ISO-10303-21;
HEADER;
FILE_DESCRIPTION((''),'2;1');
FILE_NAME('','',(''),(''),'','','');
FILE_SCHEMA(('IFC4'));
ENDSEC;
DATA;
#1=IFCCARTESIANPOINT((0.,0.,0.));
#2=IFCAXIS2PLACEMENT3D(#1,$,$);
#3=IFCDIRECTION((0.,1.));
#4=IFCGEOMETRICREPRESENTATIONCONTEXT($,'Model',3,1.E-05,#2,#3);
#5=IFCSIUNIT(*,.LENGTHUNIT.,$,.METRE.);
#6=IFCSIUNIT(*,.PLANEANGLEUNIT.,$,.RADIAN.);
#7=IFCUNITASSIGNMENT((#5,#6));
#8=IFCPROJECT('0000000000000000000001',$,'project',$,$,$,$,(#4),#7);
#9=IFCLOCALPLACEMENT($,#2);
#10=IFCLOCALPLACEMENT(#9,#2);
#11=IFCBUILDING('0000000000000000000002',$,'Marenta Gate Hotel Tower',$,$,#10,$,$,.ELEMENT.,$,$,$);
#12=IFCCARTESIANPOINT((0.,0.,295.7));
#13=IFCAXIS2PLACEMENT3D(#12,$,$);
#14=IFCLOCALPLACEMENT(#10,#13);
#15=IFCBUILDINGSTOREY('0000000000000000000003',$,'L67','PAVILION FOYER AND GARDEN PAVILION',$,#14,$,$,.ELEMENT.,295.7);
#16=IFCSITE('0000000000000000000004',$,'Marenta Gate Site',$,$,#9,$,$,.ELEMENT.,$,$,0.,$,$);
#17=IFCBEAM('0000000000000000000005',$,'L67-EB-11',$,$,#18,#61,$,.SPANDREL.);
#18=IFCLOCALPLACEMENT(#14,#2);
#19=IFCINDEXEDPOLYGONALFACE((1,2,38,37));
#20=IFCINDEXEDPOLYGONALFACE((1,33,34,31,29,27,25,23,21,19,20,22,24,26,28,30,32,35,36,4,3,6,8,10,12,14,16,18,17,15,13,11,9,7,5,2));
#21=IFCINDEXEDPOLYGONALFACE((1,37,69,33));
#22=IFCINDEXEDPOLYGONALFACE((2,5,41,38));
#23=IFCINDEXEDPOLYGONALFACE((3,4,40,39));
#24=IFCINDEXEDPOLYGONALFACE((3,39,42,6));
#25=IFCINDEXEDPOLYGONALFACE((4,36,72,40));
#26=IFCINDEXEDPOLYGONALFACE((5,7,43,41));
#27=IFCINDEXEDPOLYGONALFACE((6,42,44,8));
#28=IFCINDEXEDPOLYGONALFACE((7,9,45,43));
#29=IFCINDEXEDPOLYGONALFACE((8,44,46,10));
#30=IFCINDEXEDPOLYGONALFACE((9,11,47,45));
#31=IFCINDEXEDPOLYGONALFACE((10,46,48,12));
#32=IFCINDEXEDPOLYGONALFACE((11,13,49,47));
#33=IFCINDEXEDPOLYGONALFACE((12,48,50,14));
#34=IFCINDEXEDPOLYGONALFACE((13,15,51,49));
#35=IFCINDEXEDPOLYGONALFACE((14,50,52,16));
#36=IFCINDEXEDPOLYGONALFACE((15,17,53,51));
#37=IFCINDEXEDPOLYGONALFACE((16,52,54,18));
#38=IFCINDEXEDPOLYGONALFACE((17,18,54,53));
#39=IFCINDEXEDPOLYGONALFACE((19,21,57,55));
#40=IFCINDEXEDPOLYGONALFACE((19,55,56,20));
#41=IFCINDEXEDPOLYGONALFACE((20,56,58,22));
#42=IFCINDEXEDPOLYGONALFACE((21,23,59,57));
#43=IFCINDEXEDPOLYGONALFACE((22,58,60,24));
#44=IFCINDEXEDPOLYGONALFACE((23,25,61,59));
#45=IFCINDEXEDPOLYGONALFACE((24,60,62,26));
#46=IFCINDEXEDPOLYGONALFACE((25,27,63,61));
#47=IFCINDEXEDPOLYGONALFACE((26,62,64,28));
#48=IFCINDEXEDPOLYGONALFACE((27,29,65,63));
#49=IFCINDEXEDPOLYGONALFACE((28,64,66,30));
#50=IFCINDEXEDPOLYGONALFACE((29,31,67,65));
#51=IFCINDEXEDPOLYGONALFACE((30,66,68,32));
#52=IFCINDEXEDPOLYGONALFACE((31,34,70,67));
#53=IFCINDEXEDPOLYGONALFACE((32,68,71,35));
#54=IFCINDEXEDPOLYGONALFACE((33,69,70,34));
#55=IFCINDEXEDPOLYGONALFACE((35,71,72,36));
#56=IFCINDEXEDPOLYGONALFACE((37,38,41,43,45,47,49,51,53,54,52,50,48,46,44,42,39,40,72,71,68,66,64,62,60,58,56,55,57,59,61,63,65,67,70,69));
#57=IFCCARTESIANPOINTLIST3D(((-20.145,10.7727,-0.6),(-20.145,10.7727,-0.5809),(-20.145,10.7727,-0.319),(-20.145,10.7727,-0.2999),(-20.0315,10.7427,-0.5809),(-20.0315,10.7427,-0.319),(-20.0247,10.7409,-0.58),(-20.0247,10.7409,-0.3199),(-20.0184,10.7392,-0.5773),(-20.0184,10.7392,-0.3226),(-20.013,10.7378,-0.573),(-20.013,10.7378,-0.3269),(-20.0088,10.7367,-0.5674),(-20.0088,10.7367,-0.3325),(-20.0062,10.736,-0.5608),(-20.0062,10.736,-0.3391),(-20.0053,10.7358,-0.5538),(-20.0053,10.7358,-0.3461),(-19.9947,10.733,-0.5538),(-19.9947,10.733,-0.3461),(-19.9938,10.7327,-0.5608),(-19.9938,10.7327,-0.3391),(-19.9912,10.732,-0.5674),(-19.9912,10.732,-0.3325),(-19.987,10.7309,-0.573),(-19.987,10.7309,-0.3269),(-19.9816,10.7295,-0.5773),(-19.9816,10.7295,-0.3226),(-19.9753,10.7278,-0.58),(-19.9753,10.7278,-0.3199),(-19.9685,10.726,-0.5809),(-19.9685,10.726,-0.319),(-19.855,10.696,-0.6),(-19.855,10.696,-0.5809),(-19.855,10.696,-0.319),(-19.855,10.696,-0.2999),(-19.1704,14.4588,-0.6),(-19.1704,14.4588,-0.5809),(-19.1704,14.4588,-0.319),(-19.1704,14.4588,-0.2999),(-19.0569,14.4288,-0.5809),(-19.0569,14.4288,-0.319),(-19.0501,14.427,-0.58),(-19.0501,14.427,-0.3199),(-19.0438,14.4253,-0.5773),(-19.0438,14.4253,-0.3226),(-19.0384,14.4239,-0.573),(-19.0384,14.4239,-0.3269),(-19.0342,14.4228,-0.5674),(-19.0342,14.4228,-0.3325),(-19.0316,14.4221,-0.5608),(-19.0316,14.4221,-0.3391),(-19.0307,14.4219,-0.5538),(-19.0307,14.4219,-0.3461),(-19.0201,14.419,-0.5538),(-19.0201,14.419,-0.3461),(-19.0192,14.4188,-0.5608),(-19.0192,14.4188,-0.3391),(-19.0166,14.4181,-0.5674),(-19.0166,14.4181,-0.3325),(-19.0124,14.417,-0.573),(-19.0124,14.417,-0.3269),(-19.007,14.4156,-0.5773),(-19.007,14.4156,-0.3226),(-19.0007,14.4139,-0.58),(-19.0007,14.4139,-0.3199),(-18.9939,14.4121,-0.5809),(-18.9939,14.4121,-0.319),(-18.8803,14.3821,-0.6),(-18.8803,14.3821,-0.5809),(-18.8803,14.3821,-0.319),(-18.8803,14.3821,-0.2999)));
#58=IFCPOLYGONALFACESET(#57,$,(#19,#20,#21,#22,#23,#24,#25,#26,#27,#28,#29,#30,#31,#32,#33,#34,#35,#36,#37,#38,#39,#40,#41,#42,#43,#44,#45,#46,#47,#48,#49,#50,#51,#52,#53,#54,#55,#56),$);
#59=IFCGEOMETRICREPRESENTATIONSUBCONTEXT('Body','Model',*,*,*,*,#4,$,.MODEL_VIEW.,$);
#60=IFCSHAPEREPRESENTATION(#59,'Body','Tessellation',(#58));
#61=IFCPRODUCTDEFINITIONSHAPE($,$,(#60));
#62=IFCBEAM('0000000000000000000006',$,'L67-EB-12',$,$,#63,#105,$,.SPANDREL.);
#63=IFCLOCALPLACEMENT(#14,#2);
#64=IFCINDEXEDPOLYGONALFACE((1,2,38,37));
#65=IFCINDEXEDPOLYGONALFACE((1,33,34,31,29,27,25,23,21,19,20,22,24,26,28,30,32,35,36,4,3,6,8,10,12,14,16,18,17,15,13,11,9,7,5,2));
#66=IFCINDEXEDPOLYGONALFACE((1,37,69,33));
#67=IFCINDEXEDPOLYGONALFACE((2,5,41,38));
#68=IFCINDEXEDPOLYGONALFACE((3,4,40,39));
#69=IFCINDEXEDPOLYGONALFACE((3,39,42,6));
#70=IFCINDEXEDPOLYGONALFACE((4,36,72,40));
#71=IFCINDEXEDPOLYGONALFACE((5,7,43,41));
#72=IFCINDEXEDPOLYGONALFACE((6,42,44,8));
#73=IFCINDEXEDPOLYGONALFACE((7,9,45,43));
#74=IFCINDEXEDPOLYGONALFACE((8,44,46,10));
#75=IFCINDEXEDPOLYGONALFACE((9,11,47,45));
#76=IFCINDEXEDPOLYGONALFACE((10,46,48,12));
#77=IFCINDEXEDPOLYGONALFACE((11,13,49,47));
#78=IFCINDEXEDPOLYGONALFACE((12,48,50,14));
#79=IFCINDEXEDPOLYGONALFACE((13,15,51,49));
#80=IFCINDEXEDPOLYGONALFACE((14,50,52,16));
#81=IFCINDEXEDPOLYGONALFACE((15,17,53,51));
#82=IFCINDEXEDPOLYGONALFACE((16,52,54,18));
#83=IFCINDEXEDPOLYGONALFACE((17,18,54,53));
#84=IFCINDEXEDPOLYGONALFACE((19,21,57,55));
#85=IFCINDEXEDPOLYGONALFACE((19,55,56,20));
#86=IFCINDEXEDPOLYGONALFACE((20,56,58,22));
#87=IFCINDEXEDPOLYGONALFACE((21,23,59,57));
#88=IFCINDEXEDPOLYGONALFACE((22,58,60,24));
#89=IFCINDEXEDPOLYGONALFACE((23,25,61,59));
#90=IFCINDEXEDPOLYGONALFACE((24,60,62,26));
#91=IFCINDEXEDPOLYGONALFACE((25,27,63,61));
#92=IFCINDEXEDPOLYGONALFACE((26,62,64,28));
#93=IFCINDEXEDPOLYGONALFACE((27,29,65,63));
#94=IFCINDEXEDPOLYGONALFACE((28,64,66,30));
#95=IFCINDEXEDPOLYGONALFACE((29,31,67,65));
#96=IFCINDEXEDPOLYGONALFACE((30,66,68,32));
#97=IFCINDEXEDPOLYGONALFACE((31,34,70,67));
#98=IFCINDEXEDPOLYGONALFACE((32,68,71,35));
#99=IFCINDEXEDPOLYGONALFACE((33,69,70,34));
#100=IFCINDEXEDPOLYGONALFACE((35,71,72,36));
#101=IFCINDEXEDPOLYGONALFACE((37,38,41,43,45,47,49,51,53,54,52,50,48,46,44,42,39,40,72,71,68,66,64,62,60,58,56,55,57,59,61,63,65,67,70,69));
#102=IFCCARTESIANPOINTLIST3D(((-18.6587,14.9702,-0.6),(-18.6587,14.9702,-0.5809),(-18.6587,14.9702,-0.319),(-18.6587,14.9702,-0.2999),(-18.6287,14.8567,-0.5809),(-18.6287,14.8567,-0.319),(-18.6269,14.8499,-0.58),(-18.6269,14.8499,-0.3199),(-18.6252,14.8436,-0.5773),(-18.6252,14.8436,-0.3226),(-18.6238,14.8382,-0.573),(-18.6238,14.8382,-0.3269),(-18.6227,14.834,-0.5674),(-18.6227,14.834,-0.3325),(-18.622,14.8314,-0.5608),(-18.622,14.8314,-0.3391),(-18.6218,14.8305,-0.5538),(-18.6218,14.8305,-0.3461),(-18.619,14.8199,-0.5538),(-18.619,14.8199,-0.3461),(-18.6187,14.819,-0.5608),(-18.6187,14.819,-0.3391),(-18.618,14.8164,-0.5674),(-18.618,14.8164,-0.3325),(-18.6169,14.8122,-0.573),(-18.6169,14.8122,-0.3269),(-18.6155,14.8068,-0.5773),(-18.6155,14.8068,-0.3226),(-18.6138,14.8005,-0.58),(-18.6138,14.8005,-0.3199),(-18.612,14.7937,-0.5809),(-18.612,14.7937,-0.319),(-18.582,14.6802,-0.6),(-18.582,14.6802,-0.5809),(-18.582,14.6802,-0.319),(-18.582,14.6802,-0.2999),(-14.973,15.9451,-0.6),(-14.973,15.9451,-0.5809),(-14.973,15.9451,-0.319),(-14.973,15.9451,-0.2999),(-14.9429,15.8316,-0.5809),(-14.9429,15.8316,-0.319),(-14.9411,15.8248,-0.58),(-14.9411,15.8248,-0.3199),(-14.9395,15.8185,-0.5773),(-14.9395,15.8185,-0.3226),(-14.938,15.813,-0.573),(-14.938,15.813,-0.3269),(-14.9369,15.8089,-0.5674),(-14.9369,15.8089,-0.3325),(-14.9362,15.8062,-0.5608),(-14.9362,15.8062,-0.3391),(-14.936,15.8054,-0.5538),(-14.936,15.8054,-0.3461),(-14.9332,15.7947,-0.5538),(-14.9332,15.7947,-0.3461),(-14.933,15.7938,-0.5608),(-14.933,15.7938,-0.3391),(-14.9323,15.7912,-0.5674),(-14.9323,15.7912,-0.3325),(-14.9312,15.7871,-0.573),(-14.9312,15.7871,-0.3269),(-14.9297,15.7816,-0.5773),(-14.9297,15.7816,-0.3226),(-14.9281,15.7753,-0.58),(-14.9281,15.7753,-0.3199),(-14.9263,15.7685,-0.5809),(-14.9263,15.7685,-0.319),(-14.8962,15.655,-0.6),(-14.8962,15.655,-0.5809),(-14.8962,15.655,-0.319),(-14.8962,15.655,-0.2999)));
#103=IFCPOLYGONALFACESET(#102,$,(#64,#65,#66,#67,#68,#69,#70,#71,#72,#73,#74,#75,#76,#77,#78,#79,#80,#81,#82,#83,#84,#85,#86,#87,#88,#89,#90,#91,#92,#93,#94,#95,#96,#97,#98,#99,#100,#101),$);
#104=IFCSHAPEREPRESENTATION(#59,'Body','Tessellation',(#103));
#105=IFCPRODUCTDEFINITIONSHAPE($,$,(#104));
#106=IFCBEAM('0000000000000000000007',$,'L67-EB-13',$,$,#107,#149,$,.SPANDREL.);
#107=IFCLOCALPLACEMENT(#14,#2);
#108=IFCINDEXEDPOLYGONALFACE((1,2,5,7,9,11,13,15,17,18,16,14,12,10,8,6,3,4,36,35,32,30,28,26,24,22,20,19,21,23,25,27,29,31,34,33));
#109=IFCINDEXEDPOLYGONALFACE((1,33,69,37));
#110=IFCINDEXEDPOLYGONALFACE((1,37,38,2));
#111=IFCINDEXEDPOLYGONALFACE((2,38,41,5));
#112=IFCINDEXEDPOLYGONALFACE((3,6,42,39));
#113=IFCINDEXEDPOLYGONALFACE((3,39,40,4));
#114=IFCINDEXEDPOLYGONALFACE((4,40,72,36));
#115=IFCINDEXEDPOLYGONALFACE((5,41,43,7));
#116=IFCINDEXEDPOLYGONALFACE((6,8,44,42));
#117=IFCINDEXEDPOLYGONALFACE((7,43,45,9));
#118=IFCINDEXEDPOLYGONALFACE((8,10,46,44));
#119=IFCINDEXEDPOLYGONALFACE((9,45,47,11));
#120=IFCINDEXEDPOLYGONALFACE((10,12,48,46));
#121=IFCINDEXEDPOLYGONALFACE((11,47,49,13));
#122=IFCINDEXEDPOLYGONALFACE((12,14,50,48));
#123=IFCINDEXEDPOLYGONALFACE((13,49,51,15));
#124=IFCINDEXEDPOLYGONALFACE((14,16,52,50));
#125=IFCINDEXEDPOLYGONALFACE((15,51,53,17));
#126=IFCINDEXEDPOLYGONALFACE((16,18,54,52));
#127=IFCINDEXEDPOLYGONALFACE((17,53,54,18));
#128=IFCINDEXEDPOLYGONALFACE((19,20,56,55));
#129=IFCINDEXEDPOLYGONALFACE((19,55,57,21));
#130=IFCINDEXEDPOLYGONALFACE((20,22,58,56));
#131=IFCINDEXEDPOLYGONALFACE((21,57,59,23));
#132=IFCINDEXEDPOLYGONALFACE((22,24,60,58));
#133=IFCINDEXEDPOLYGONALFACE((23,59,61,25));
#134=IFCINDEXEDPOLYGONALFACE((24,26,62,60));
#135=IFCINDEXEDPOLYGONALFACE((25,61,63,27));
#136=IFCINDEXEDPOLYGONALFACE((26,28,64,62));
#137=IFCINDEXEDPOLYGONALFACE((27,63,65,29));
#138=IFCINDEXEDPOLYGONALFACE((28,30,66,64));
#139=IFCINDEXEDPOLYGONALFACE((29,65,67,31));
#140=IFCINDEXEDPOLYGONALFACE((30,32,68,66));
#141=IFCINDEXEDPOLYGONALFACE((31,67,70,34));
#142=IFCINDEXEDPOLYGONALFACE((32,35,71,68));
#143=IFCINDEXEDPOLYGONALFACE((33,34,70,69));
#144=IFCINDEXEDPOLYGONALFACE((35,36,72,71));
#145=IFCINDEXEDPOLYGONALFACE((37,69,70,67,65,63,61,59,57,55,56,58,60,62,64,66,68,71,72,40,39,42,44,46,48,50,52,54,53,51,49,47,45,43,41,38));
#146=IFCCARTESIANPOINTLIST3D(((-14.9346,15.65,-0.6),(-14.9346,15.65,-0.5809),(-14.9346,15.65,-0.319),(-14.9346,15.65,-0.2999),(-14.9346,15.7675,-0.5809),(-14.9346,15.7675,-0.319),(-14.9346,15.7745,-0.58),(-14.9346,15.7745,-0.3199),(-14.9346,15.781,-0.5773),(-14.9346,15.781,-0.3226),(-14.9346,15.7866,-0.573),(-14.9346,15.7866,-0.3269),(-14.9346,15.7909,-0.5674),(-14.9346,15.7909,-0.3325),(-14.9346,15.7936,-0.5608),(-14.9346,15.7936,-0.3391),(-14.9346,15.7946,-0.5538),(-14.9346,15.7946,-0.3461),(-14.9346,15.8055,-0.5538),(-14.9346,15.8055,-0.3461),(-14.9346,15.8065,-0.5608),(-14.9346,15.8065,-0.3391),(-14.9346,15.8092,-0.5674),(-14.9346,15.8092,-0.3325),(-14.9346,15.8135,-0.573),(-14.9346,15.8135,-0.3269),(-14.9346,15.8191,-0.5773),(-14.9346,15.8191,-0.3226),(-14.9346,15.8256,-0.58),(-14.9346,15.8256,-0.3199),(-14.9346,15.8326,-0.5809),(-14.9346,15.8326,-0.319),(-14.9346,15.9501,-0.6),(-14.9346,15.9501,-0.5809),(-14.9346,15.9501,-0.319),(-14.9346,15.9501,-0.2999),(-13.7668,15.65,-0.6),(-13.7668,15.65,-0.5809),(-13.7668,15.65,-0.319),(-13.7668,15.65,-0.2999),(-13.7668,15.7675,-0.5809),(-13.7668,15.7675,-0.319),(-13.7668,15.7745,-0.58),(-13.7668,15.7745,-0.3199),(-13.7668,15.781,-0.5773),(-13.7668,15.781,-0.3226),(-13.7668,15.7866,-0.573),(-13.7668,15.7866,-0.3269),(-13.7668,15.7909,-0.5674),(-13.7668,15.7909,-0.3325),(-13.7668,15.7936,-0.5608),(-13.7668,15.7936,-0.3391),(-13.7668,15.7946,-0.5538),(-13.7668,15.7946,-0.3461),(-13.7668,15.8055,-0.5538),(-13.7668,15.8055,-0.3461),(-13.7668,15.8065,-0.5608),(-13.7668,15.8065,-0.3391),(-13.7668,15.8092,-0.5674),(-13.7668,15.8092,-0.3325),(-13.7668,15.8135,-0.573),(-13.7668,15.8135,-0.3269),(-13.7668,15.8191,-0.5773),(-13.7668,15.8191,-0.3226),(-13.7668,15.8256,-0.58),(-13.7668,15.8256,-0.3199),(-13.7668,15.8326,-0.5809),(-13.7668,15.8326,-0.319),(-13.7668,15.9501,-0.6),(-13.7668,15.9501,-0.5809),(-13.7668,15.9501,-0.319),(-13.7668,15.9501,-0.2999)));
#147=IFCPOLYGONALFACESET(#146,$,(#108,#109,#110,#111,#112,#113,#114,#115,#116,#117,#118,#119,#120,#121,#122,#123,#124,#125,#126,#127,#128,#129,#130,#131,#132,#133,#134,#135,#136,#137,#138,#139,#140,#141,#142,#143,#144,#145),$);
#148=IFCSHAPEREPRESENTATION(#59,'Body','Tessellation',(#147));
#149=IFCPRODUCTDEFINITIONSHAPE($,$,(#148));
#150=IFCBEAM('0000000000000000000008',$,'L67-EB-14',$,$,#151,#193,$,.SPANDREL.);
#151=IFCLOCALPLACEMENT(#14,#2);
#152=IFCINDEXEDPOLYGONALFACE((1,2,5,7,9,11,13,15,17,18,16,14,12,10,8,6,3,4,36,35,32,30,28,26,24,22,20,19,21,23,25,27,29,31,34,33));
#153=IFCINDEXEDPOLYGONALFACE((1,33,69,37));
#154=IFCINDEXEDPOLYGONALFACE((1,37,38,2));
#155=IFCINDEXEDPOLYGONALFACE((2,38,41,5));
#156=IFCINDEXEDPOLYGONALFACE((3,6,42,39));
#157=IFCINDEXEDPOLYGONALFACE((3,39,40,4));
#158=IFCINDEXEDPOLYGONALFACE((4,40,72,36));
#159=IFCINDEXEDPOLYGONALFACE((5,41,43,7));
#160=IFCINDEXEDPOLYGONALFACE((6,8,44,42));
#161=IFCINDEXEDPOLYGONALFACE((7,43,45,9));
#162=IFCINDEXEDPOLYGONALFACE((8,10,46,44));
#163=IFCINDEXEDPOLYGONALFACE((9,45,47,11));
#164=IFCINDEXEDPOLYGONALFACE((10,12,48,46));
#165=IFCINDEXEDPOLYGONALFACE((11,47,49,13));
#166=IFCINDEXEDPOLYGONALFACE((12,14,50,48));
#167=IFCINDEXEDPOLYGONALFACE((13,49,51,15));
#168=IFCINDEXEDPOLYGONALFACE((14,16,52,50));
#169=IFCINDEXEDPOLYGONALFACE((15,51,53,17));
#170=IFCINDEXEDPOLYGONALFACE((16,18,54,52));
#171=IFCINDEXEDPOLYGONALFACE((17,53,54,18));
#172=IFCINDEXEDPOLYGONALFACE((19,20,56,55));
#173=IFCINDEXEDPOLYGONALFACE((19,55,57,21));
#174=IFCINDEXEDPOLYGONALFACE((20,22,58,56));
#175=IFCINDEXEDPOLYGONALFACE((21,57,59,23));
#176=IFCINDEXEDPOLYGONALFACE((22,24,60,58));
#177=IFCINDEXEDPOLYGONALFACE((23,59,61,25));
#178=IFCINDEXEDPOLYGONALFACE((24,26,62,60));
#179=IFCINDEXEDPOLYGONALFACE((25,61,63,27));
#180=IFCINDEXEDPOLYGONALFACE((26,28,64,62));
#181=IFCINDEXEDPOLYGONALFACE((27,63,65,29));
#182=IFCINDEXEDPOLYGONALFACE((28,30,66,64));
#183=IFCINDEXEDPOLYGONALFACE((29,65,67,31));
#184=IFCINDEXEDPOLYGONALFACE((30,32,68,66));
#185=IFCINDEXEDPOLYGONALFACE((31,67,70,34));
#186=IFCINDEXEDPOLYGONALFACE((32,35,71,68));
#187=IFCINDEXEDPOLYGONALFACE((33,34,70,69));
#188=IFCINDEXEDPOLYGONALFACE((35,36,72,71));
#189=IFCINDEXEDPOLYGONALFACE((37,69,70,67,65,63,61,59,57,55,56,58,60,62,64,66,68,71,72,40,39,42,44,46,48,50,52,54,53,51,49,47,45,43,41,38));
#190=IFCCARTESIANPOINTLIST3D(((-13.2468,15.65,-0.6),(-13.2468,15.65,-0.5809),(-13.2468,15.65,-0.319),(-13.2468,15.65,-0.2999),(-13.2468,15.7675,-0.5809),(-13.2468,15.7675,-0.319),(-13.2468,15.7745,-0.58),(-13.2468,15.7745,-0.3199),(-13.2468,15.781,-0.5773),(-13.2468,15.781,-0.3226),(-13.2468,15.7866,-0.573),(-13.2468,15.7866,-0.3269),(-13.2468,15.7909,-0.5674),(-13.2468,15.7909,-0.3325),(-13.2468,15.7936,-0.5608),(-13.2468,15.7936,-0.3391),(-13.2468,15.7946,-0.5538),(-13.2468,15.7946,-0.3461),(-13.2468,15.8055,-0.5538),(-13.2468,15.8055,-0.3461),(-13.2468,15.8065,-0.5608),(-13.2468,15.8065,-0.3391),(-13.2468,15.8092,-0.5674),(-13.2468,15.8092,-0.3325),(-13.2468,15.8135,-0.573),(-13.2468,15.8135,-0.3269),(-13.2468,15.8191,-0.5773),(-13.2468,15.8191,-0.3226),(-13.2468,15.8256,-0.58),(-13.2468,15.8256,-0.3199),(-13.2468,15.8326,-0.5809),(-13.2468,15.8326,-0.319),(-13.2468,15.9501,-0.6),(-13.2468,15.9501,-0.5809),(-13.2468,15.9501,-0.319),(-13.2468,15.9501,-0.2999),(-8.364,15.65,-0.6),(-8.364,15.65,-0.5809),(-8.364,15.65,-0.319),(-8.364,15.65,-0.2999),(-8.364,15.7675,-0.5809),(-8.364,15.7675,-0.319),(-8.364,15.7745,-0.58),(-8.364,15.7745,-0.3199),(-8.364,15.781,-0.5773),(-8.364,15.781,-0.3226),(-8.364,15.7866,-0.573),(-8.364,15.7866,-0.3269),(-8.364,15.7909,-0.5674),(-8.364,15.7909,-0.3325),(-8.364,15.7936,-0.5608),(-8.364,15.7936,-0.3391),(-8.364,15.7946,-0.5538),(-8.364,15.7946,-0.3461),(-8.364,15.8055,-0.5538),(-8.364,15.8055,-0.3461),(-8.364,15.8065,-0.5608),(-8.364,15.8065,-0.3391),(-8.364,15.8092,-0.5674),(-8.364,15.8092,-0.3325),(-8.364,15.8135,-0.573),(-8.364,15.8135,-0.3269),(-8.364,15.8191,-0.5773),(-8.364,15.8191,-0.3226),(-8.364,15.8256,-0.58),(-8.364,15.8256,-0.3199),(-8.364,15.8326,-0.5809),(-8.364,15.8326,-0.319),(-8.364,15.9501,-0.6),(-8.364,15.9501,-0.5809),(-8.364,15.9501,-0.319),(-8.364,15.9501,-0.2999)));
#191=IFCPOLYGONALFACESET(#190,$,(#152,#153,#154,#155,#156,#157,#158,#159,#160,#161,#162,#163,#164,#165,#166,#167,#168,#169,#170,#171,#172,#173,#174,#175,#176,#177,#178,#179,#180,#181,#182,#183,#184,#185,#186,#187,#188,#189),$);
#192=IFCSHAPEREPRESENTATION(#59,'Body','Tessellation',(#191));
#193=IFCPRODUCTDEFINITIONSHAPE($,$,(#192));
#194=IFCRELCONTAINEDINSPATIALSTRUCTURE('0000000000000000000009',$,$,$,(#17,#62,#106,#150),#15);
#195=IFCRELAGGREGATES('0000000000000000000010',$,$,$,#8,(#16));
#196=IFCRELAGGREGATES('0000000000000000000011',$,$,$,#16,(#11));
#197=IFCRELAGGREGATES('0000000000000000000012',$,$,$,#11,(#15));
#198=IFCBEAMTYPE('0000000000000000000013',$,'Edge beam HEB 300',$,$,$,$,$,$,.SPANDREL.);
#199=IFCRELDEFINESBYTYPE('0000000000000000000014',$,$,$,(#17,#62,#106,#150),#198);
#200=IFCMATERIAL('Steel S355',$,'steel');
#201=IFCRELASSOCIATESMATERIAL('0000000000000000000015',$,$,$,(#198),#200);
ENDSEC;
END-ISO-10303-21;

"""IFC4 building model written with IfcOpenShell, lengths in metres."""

from ifc_helpers import new_model, si_unit, direction, frame, origin, origin_2d, place, context, subcontext, project, spatial, i_section, extrude, material, material_profile, profile_set, type_object, element, save


model = new_model("IFC4")

# Units and contexts
model_context = context("Model", 3, precision=1e-05, world=origin(), true_north=direction((0.0, 1.0)))
body_context = subcontext(model_context, "Body", "Model", "MODEL_VIEW")
ifc_project = project(units=[si_unit("LENGTHUNIT", "METRE"), si_unit("PLANEANGLEUNIT", "RADIAN")], contexts=[model_context])

# Site, building, storey
site_placement = place(None, origin())
site = spatial("IfcSite", under=ifc_project, at=site_placement, Name="Marenta Gate Site", CompositionType="ELEMENT", RefElevation=0.0)
building_placement = place(site_placement, origin())
building = spatial("IfcBuilding", under=site, at=building_placement, Name="Marenta Gate Hotel Tower", CompositionType="ELEMENT")
storey_placement = place(building_placement, frame((0.0, 0.0, 295.7)))
storey = spatial("IfcBuildingStorey", under=building, at=storey_placement, Name="L67", Description="PAVILION FOYER AND GARDEN PAVILION", CompositionType="ELEMENT", Elevation=295.7)

# Beams
ifc_material_1 = material(Name="Steel S355", Category="steel")
ifc_material_profile_1 = material_profile(ifc_material_1, i_section(OverallWidth=0.3, OverallDepth=0.3, WebThickness=0.011, FlangeThickness=0.019, FilletRadius=0.0271, at=origin_2d()), Name="HEB 300")
ifc_profile_set_1 = profile_set([ifc_material_profile_1], Name="Steel S355")
beam_type_1 = type_object("IfcBeamType", Name="Edge beam HEB 300", PredefinedType="SPANDREL", material=ifc_profile_set_1)
beam_1_placement = place(storey_placement, frame((-20.0, 10.7344, -0.45), z_axis=(0.255622, 0.966777, 0.0), x_axis=(-0.966777, 0.255622, 0.0)))
element("IfcBeam", 1, at=beam_1_placement, inside=storey, type_object=beam_type_1, Name="L67-EB-11", PredefinedType="SPANDREL", context=body_context, shape_type="SweptSolid", body=[
    extrude(i_section(OverallWidth=0.3, OverallDepth=0.3, WebThickness=0.011, FlangeThickness=0.019, FilletRadius=0.0271, at=origin_2d()), origin(), (0.0, 0.0, 1.0), 3.8127),
])
beam_2_placement = place(storey_placement, frame((-18.6204, 14.8252, -0.45), z_axis=(0.966757, 0.255697, 0.0), x_axis=(-0.255697, 0.966757, 0.0)))
element("IfcBeam", 2, at=beam_2_placement, inside=storey, type_object=beam_type_1, Name="L67-EB-12", PredefinedType="SPANDREL", context=body_context, shape_type="SweptSolid", body=[
    extrude(i_section(OverallWidth=0.3, OverallDepth=0.3, WebThickness=0.011, FlangeThickness=0.019, FilletRadius=0.0271, at=origin_2d()), origin(), (0.0, 0.0, 1.0), 3.8125),
])
beam_3_placement = place(storey_placement, frame((-14.9346, 15.8, -0.45), z_axis=(1.0, 0.0, 0.0), x_axis=(0.0, 1.0, 0.0)))
element("IfcBeam", 3, at=beam_3_placement, inside=storey, type_object=beam_type_1, Name="L67-EB-13", PredefinedType="SPANDREL", context=body_context, shape_type="SweptSolid", body=[
    extrude(i_section(OverallWidth=0.3, OverallDepth=0.3, WebThickness=0.011, FlangeThickness=0.019, FilletRadius=0.0271, at=origin_2d()), origin(), (0.0, 0.0, 1.0), 1.1677),
])
beam_4_placement = place(storey_placement, frame((-13.2468, 15.8, -0.45), z_axis=(1.0, 0.0, 0.0), x_axis=(0.0, 1.0, 0.0)))
element("IfcBeam", 4, at=beam_4_placement, inside=storey, type_object=beam_type_1, Name="L67-EB-14", PredefinedType="SPANDREL", context=body_context, shape_type="SweptSolid", body=[
    extrude(i_section(OverallWidth=0.3, OverallDepth=0.3, WebThickness=0.011, FlangeThickness=0.019, FilletRadius=0.0271, at=origin_2d()), origin(), (0.0, 0.0, 1.0), 4.8828),
])

save(model, "model.ifc")
